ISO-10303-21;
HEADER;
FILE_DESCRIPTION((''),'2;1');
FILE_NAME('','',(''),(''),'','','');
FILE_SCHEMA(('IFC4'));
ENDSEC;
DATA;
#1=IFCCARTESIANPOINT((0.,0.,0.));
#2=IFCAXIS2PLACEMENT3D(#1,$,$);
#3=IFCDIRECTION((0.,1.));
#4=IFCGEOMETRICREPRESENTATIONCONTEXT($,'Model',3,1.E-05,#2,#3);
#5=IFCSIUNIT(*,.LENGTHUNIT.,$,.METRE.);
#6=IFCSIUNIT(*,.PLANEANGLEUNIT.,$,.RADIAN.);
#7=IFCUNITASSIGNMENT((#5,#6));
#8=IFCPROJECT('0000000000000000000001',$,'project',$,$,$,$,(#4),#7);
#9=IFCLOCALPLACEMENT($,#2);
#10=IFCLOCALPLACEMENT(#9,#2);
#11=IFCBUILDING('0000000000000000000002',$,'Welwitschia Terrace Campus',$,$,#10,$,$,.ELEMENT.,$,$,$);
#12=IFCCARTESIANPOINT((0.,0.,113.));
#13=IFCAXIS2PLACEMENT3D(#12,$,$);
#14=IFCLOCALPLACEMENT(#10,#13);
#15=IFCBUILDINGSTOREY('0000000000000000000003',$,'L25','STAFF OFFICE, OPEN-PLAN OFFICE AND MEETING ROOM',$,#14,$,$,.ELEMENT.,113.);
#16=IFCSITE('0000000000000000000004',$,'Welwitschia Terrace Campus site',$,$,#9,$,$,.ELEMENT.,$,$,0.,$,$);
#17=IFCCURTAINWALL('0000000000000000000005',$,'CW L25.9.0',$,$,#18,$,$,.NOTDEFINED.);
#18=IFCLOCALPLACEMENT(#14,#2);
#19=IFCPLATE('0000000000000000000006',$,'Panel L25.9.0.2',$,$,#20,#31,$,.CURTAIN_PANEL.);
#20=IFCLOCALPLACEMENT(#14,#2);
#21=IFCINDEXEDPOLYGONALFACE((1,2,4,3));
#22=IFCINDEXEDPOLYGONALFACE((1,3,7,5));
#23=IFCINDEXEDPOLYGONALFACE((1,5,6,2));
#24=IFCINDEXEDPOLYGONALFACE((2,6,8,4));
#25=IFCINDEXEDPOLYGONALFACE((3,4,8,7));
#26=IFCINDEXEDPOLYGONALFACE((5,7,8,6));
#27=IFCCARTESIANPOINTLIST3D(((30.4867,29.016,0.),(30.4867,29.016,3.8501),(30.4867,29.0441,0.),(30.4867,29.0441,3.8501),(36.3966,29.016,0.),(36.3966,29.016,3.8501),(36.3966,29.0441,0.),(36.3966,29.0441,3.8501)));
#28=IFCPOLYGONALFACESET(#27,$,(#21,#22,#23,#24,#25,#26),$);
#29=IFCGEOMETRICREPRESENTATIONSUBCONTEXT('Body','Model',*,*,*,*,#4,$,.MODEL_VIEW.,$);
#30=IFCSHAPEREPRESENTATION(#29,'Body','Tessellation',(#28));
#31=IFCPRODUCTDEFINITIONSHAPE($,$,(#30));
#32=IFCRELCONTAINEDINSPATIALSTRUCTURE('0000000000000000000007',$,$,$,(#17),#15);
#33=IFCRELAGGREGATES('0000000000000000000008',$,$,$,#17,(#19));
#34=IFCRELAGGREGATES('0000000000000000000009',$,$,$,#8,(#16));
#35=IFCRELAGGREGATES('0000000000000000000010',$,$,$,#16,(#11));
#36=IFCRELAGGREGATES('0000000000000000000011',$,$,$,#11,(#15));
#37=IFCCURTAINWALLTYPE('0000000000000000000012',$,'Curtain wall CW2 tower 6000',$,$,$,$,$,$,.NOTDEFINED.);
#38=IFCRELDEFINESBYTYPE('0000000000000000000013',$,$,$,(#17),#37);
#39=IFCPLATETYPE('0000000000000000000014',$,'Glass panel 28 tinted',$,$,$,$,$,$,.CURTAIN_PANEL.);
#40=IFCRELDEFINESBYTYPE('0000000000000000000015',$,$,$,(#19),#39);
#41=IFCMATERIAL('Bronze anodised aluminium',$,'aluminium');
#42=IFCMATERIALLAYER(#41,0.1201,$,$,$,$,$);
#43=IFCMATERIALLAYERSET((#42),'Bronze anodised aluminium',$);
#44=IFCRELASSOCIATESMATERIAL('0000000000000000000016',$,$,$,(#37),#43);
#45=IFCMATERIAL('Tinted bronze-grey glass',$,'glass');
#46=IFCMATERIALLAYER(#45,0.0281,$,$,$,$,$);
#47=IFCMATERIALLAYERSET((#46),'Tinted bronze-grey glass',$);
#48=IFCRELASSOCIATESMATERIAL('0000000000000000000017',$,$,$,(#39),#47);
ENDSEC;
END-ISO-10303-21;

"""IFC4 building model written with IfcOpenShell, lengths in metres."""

from ifc_helpers import new_model, si_unit, direction, frame, origin, origin_2d, place, context, subcontext, project, spatial, rectangle, extrude, material, layer, layer_set, type_object, element, aggregate, save


model = new_model("IFC4")

# Units and contexts
model_context = context("Model", 3, precision=1e-05, world=origin(), true_north=direction((0.0, 1.0)))
body_context = subcontext(model_context, "Body", "Model", "MODEL_VIEW")
ifc_project = project(units=[si_unit("LENGTHUNIT", "METRE"), si_unit("PLANEANGLEUNIT", "RADIAN")], contexts=[model_context])

# Site, building, storey
site_placement = place(None, origin())
site = spatial("IfcSite", under=ifc_project, at=site_placement, Name="Welwitschia Terrace Campus site", CompositionType="ELEMENT", RefElevation=0.0)
building_placement = place(site_placement, origin())
building = spatial("IfcBuilding", under=site, at=building_placement, Name="Welwitschia Terrace Campus", CompositionType="ELEMENT")
storey_placement = place(building_placement, frame((0.0, 0.0, 113.0)))
storey = spatial("IfcBuildingStorey", under=building, at=storey_placement, Name="L25", Description="STAFF OFFICE, OPEN-PLAN OFFICE AND MEETING ROOM", CompositionType="ELEMENT", Elevation=113.0)

# Curtain wall
ifc_material_1 = material(Name="Bronze anodised aluminium", Category="aluminium")
ifc_layer_1 = layer(ifc_material_1, 0.1201)
ifc_layer_set_1 = layer_set([ifc_layer_1], Name="Bronze anodised aluminium")
curtain_wall_type = type_object("IfcCurtainWallType", Name="Curtain wall CW2 tower 6000", PredefinedType="NOTDEFINED", material=ifc_layer_set_1)
curtain_wall_1_placement = place(storey_placement, origin())
curtain_wall_1 = element("IfcCurtainWall", 1, at=curtain_wall_1_placement, inside=storey, type_object=curtain_wall_type, Name="CW L25.9.0", PredefinedType="NOTDEFINED")

# Plate
ifc_material_2 = material(Name="Tinted bronze-grey glass", Category="glass")
ifc_layer_2 = layer(ifc_material_2, 0.0281)
ifc_layer_set_2 = layer_set([ifc_layer_2], Name="Tinted bronze-grey glass")
plate_type = type_object("IfcPlateType", Name="Glass panel 28 tinted", PredefinedType="CURTAIN_PANEL", material=ifc_layer_set_2)
plate_1_placement = place(storey_placement, frame((33.4417, 29.03, 0.0), z_axis=(0.0, 0.0, 1.0), x_axis=(-1.0, 0.0, 0.0)))
plate_1 = element("IfcPlate", 2, at=plate_1_placement, type_object=plate_type, Name="Panel L25.9.0.2", PredefinedType="CURTAIN_PANEL", context=body_context, shape_type="SweptSolid", body=[
    extrude(rectangle(XDim=5.9099, YDim=0.0281, at=origin_2d()), origin(), (0.0, 0.0, 1.0), 3.8501),
])
aggregate(curtain_wall_1, [plate_1])

save(model, "model.ifc")
